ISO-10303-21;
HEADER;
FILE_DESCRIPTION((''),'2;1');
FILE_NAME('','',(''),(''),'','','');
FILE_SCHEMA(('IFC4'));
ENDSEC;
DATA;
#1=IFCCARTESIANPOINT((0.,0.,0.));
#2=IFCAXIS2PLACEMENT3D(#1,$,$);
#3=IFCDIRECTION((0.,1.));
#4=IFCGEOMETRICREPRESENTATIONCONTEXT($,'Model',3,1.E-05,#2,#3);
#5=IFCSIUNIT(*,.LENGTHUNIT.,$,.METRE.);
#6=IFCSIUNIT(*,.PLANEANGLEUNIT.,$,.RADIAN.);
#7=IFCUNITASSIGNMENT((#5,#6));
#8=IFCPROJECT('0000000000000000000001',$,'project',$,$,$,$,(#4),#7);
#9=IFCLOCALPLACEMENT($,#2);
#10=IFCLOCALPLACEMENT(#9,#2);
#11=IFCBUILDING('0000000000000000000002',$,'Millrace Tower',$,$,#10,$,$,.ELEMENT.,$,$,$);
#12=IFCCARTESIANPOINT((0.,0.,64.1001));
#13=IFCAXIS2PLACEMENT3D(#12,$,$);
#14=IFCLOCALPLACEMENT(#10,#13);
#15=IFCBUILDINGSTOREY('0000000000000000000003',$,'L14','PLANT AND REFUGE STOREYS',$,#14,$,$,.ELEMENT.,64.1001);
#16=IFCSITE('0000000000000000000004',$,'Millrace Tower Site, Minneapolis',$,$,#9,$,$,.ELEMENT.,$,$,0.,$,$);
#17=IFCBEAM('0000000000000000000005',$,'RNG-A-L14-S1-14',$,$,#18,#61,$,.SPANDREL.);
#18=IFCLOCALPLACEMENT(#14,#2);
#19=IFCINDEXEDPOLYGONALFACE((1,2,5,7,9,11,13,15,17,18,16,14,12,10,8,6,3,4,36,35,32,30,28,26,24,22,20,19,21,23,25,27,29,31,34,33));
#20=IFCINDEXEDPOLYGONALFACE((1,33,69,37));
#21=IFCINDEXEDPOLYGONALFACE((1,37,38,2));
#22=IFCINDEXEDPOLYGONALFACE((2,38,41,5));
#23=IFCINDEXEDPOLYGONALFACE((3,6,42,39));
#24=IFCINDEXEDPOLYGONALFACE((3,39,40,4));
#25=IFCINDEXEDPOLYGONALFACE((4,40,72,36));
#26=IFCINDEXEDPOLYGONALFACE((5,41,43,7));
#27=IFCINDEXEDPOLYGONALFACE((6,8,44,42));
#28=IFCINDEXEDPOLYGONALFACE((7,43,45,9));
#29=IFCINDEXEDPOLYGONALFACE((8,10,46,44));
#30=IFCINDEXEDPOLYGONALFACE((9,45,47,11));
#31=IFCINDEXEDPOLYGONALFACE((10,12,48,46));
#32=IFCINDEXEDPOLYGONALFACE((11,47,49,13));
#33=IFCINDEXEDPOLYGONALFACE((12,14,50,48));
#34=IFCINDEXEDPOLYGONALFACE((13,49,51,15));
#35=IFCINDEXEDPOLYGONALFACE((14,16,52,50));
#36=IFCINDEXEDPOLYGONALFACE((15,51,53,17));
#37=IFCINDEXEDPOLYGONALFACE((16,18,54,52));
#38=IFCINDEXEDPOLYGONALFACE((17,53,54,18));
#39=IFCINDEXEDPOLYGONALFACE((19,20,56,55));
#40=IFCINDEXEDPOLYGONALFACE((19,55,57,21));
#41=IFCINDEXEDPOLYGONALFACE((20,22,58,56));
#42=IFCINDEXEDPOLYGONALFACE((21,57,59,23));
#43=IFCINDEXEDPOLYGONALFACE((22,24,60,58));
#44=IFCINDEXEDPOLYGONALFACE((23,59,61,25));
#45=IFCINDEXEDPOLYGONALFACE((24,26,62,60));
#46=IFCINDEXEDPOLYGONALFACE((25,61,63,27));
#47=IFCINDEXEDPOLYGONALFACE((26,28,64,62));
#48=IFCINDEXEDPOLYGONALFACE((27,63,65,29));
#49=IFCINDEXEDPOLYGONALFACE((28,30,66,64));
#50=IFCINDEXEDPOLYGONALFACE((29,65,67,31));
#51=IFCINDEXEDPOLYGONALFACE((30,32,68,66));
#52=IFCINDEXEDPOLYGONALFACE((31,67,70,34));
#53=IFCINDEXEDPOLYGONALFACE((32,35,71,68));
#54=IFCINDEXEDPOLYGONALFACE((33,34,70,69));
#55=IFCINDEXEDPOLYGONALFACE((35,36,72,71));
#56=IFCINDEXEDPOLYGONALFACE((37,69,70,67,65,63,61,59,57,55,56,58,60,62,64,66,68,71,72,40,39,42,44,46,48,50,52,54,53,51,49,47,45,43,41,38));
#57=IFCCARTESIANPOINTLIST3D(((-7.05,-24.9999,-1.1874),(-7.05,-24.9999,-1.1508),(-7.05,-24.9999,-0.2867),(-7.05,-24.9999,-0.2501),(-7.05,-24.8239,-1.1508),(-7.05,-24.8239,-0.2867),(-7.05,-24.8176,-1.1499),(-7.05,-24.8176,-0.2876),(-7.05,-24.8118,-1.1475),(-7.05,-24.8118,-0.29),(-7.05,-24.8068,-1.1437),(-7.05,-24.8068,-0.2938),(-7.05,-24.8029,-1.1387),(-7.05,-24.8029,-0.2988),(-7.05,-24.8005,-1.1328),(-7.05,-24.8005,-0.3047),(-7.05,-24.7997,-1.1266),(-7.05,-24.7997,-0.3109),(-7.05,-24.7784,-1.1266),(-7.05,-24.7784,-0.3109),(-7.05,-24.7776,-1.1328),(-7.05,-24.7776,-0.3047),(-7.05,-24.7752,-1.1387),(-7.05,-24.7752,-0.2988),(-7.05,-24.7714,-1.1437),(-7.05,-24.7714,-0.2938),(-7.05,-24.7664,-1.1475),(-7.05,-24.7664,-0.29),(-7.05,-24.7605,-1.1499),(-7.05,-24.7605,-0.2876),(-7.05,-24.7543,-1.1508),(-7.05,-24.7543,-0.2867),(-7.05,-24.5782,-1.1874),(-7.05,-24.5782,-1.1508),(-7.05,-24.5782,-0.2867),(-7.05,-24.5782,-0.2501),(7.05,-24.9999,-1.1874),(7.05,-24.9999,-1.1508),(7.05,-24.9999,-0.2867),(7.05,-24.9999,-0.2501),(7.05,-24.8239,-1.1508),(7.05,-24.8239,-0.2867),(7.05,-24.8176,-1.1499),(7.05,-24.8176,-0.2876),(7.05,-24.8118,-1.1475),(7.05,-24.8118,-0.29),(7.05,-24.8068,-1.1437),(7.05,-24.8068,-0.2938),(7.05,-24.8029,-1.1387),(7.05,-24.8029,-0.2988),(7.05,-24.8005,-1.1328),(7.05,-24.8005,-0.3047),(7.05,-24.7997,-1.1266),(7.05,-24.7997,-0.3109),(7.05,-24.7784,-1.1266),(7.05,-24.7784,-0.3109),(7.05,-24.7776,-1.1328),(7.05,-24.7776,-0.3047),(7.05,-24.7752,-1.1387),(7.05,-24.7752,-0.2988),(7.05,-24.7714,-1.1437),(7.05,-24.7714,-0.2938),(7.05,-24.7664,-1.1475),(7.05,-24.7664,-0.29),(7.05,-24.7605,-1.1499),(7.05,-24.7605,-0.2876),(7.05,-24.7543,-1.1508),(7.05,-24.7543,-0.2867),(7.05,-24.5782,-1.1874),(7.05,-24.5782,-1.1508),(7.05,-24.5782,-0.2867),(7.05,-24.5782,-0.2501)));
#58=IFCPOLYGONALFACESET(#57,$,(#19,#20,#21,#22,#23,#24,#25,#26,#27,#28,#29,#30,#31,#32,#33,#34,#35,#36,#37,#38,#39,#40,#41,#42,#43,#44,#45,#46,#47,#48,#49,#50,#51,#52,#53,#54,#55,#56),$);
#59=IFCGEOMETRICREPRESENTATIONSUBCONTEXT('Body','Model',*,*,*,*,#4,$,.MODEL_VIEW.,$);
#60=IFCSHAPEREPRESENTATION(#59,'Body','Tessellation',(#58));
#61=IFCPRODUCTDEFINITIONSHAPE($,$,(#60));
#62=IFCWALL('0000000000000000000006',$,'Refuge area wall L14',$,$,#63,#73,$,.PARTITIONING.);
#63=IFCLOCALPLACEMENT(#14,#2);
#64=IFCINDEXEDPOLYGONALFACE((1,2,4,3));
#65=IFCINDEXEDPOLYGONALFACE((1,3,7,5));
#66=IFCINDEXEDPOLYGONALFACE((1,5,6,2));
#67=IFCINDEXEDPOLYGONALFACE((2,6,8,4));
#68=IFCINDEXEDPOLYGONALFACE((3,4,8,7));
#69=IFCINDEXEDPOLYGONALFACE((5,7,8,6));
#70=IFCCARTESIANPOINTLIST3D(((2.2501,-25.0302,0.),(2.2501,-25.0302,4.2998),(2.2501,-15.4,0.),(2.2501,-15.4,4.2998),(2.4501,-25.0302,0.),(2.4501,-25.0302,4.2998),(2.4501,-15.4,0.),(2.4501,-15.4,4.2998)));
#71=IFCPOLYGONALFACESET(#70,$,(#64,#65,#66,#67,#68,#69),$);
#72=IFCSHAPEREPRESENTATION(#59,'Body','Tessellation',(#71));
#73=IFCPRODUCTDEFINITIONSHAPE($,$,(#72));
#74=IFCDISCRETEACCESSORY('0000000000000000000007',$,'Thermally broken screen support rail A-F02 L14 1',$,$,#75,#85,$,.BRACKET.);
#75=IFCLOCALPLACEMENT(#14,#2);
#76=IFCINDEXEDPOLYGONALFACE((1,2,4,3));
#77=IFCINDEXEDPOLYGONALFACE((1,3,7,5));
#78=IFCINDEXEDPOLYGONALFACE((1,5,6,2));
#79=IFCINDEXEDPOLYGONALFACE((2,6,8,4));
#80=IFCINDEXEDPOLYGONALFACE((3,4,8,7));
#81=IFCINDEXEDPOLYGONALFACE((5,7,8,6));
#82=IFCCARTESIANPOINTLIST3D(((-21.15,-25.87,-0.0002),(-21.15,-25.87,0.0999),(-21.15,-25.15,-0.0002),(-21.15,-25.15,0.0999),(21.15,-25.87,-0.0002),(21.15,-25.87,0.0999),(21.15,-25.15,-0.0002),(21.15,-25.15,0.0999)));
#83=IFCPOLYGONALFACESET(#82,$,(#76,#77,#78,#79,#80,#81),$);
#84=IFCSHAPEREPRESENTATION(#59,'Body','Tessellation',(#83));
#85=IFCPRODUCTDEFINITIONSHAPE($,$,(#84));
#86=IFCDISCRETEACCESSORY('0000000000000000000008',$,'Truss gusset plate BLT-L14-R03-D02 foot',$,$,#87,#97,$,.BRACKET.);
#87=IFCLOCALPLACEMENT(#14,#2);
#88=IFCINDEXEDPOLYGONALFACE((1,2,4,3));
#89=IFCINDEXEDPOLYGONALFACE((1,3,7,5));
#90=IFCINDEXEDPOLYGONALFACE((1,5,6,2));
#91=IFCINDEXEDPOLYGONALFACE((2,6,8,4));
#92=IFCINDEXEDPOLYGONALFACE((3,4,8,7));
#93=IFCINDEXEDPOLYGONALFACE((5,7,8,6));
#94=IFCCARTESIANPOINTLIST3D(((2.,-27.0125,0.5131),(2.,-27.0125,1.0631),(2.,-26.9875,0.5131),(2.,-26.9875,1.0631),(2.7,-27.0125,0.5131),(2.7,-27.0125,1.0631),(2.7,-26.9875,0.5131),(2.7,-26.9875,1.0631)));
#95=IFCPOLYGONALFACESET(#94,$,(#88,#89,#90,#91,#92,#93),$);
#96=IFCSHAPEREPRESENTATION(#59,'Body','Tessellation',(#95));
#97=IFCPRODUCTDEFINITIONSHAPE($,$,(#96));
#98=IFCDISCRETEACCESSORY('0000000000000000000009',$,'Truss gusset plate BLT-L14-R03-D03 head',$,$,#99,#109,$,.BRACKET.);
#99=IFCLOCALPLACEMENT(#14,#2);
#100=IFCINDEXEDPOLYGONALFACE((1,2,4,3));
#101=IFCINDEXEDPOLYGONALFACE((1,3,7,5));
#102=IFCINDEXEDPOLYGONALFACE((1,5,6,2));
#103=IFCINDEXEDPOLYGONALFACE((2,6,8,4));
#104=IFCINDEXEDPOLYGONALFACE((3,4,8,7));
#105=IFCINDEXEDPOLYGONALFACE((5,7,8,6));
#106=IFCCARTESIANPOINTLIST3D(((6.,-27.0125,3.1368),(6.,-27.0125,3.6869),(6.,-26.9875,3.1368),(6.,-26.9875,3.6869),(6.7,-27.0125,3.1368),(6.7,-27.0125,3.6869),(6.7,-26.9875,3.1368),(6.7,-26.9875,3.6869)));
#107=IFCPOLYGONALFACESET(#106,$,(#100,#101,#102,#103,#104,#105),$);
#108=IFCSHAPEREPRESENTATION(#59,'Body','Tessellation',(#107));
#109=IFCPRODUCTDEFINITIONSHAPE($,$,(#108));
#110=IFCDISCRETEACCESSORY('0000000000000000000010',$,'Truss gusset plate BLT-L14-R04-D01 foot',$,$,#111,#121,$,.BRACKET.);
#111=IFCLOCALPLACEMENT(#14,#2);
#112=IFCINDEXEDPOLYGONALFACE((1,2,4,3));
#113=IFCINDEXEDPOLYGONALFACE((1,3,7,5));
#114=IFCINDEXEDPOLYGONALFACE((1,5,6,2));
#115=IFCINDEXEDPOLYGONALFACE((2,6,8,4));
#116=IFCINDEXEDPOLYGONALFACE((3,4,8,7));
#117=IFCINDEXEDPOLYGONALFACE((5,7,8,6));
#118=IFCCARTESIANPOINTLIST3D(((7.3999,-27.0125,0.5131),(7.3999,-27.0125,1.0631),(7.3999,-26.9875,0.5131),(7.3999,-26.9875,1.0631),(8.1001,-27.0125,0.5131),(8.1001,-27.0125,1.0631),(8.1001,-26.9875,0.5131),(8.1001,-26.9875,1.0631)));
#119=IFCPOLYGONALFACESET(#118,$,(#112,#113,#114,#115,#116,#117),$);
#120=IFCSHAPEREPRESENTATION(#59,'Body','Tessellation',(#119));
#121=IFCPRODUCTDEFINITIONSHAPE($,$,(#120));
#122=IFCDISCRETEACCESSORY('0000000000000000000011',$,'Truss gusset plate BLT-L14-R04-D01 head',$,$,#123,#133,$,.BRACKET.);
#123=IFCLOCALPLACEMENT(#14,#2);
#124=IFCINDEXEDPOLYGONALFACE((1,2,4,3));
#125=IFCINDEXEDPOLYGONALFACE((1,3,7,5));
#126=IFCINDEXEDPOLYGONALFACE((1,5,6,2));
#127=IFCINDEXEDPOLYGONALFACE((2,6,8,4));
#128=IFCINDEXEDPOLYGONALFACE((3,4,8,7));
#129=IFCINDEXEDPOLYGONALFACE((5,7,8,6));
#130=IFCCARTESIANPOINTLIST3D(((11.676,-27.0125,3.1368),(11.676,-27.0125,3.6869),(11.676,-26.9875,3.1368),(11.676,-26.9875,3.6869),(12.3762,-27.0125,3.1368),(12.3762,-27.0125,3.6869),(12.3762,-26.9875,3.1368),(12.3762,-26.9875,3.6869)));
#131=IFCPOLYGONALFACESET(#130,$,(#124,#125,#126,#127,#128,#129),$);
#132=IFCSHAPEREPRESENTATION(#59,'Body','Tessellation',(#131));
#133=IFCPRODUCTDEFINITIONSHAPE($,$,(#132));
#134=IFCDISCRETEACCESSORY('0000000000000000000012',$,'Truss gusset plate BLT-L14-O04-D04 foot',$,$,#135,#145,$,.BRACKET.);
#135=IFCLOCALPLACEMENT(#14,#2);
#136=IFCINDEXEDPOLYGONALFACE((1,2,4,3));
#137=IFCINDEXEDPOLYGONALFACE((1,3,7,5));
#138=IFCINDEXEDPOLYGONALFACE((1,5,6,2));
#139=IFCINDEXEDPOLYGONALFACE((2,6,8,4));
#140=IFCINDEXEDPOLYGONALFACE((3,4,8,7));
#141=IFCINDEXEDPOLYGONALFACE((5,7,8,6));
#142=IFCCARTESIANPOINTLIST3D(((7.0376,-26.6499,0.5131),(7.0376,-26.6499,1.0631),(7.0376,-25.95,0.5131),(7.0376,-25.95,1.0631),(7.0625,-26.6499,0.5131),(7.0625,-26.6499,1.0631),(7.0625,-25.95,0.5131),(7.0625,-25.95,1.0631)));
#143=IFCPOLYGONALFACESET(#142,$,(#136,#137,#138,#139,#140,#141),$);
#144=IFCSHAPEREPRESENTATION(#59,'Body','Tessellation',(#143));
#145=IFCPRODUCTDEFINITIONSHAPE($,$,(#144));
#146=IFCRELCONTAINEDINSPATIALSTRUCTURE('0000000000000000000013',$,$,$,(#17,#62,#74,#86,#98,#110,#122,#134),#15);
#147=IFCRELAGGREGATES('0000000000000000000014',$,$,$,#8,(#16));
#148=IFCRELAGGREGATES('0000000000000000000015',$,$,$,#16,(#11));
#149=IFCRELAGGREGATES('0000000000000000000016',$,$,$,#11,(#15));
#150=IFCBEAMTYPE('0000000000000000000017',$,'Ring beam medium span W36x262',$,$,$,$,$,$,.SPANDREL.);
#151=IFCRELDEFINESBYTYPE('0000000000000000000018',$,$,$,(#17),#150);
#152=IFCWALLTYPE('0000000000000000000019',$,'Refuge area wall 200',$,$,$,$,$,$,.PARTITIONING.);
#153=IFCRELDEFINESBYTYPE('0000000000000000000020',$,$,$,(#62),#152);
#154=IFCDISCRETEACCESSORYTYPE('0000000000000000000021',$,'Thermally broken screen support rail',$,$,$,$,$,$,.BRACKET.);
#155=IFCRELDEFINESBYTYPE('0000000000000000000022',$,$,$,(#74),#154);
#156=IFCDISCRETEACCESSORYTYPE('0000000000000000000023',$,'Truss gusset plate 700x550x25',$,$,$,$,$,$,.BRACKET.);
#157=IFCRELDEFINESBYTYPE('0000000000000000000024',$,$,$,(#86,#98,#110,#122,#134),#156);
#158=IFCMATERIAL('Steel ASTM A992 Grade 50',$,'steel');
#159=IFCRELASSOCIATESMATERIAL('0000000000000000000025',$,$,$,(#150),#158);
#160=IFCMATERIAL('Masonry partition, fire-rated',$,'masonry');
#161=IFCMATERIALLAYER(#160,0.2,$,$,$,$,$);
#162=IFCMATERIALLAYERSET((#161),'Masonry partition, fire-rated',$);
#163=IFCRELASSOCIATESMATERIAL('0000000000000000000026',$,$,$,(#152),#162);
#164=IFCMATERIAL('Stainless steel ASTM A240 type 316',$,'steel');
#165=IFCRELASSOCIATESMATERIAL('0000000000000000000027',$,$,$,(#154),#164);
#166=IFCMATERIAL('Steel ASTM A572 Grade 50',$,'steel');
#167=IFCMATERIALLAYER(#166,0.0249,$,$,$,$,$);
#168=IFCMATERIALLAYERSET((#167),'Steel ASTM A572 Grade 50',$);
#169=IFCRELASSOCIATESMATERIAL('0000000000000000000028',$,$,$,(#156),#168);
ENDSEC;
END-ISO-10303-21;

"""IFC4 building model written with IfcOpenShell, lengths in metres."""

from ifc_helpers import new_model, si_unit, direction, frame, frame_2d, origin, origin_2d, place, context, subcontext, project, spatial, rectangle, i_section, extrude, material, layer, layer_set, material_profile, profile_set, type_object, element, save


model = new_model("IFC4")

# Units and contexts
model_context = context("Model", 3, precision=1e-05, world=origin(), true_north=direction((0.0, 1.0)))
body_context = subcontext(model_context, "Body", "Model", "MODEL_VIEW")
ifc_project = project(units=[si_unit("LENGTHUNIT", "METRE"), si_unit("PLANEANGLEUNIT", "RADIAN")], contexts=[model_context])

# Site, building, storey
site_placement = place(None, origin())
site = spatial("IfcSite", under=ifc_project, at=site_placement, Name="Millrace Tower Site, Minneapolis", CompositionType="ELEMENT", RefElevation=0.0)
building_placement = place(site_placement, origin())
building = spatial("IfcBuilding", under=site, at=building_placement, Name="Millrace Tower", CompositionType="ELEMENT")
storey_placement = place(building_placement, frame((0.0, 0.0, 64.1001)))
storey = spatial("IfcBuildingStorey", under=building, at=storey_placement, Name="L14", Description="PLANT AND REFUGE STOREYS", CompositionType="ELEMENT", Elevation=64.1001)

# Beam
ifc_material_1 = material(Name="Steel ASTM A992 Grade 50", Category="steel")
ifc_material_profile_1 = material_profile(ifc_material_1, i_section(OverallWidth=0.4216, OverallDepth=0.9373, WebThickness=0.0212, FlangeThickness=0.0366, FilletRadius=0.0242, at=origin_2d()))
ifc_profile_set_1 = profile_set([ifc_material_profile_1], Name="Steel ASTM A992 Grade 50")
beam_type_1 = type_object("IfcBeamType", Name="Ring beam medium span W36x262", PredefinedType="SPANDREL", material=ifc_profile_set_1)
beam_1_placement = place(storey_placement, frame((7.05, -24.7891, -0.7188), z_axis=(-1.0, 0.0, 0.0), x_axis=(0.0, -1.0, 0.0)))
element("IfcBeam", 1, at=beam_1_placement, inside=storey, type_object=beam_type_1, Name="RNG-A-L14-S1-14", PredefinedType="SPANDREL", context=body_context, shape_type="SweptSolid", body=[
    extrude(i_section(OverallWidth=0.4216, OverallDepth=0.9373, WebThickness=0.0212, FlangeThickness=0.0366, FilletRadius=0.0242, at=origin_2d()), origin(), (0.0, 0.0, 1.0), 14.1001),
])

# Wall
ifc_material_2 = material(Name="Masonry partition, fire-rated", Category="masonry")
ifc_layer_1 = layer(ifc_material_2, 0.2)
ifc_layer_set_1 = layer_set([ifc_layer_1], Name="Masonry partition, fire-rated")
wall_type = type_object("IfcWallType", Name="Refuge area wall 200", PredefinedType="PARTITIONING", material=ifc_layer_set_1)
wall_placement = place(storey_placement, frame((2.3501, -25.03, 0.0), z_axis=(0.0, 0.0, 1.0), x_axis=(0.0, 1.0, 0.0)))
element("IfcWall", 2, at=wall_placement, inside=storey, type_object=wall_type, Name="Refuge area wall L14", PredefinedType="PARTITIONING", context=body_context, shape_type="SweptSolid", body=[
    extrude(rectangle(XDim=9.6301, YDim=0.2, at=frame_2d((4.8149, 0.0))), origin(), (0.0, 0.0, 1.0), 4.2998),
])

# Discrete accessories
ifc_material_3 = material(Name="Stainless steel ASTM A240 type 316", Category="steel")
discrete_accessory_type_1 = type_object("IfcDiscreteAccessoryType", Name="Thermally broken screen support rail", PredefinedType="BRACKET", material=ifc_material_3)
discrete_accessory_1_placement = place(storey_placement, frame((0.0, -25.51, -0.0002), z_axis=(0.0, 0.0, 1.0), x_axis=(1.0, 0.0, 0.0)))
element("IfcDiscreteAccessory", 3, at=discrete_accessory_1_placement, inside=storey, type_object=discrete_accessory_type_1, Name="Thermally broken screen support rail A-F02 L14 1", PredefinedType="BRACKET", context=body_context, shape_type="SweptSolid", body=[
    extrude(rectangle(XDim=42.3, YDim=0.72, at=origin_2d()), origin(), (0.0, 0.0, 1.0), 0.1001),
])
ifc_material_4 = material(Name="Steel ASTM A572 Grade 50", Category="steel")
ifc_layer_2 = layer(ifc_material_4, 0.0249)
ifc_layer_set_2 = layer_set([ifc_layer_2], Name="Steel ASTM A572 Grade 50")
discrete_accessory_type_2 = type_object("IfcDiscreteAccessoryType", Name="Truss gusset plate 700x550x25", PredefinedType="BRACKET", material=ifc_layer_set_2)
for number, where, z_axis, x_axis, name in (
    (4, (2.0, -27.0, 0.7881), (1.0, 0.0, 0.0), (0.0, 1.0, 0.0), "Truss gusset plate BLT-L14-R03-D02 foot"),
    (5, (6.0, -27.0, 3.4119), (1.0, 0.0, 0.0), (0.0, 1.0, 0.0), "Truss gusset plate BLT-L14-R03-D03 head"),
):
    element("IfcDiscreteAccessory", number, at=place(storey_placement, frame(where, z_axis=z_axis, x_axis=x_axis)), inside=storey, type_object=discrete_accessory_type_2, Name=name, PredefinedType="BRACKET", context=body_context, shape_type="SweptSolid", body=[
        extrude(rectangle(XDim=0.0249, YDim=0.55, at=origin_2d()), origin(), (0.0, 0.0, 1.0), 0.7),
    ])
for number, where, z_axis, x_axis, name in (
    (6, (7.3999, -27.0, 0.7881), (1.0, 0.0, 0.0), (0.0, 1.0, 0.0), "Truss gusset plate BLT-L14-R04-D01 foot"),
    (7, (11.676, -27.0, 3.4119), (1.0, 0.0, 0.0), (0.0, 1.0, 0.0), "Truss gusset plate BLT-L14-R04-D01 head"),
):
    element("IfcDiscreteAccessory", number, at=place(storey_placement, frame(where, z_axis=z_axis, x_axis=x_axis)), inside=storey, type_object=discrete_accessory_type_2, Name=name, PredefinedType="BRACKET", context=body_context, shape_type="SweptSolid", body=[
        extrude(rectangle(XDim=0.0249, YDim=0.55, at=origin_2d()), origin(), (0.0, 0.0, 1.0), 0.7002),
    ])
discrete_accessory_2_placement = place(storey_placement, frame((7.05, -26.6499, 0.7881), z_axis=(0.0, 1.0, 0.0), x_axis=(-1.0, 0.0, 0.0)))
element("IfcDiscreteAccessory", 8, at=discrete_accessory_2_placement, inside=storey, type_object=discrete_accessory_type_2, Name="Truss gusset plate BLT-L14-O04-D04 foot", PredefinedType="BRACKET", context=body_context, shape_type="SweptSolid", body=[
    extrude(rectangle(XDim=0.0249, YDim=0.55, at=origin_2d()), origin(), (0.0, 0.0, 1.0), 0.7),
])

save(model, "model.ifc")
